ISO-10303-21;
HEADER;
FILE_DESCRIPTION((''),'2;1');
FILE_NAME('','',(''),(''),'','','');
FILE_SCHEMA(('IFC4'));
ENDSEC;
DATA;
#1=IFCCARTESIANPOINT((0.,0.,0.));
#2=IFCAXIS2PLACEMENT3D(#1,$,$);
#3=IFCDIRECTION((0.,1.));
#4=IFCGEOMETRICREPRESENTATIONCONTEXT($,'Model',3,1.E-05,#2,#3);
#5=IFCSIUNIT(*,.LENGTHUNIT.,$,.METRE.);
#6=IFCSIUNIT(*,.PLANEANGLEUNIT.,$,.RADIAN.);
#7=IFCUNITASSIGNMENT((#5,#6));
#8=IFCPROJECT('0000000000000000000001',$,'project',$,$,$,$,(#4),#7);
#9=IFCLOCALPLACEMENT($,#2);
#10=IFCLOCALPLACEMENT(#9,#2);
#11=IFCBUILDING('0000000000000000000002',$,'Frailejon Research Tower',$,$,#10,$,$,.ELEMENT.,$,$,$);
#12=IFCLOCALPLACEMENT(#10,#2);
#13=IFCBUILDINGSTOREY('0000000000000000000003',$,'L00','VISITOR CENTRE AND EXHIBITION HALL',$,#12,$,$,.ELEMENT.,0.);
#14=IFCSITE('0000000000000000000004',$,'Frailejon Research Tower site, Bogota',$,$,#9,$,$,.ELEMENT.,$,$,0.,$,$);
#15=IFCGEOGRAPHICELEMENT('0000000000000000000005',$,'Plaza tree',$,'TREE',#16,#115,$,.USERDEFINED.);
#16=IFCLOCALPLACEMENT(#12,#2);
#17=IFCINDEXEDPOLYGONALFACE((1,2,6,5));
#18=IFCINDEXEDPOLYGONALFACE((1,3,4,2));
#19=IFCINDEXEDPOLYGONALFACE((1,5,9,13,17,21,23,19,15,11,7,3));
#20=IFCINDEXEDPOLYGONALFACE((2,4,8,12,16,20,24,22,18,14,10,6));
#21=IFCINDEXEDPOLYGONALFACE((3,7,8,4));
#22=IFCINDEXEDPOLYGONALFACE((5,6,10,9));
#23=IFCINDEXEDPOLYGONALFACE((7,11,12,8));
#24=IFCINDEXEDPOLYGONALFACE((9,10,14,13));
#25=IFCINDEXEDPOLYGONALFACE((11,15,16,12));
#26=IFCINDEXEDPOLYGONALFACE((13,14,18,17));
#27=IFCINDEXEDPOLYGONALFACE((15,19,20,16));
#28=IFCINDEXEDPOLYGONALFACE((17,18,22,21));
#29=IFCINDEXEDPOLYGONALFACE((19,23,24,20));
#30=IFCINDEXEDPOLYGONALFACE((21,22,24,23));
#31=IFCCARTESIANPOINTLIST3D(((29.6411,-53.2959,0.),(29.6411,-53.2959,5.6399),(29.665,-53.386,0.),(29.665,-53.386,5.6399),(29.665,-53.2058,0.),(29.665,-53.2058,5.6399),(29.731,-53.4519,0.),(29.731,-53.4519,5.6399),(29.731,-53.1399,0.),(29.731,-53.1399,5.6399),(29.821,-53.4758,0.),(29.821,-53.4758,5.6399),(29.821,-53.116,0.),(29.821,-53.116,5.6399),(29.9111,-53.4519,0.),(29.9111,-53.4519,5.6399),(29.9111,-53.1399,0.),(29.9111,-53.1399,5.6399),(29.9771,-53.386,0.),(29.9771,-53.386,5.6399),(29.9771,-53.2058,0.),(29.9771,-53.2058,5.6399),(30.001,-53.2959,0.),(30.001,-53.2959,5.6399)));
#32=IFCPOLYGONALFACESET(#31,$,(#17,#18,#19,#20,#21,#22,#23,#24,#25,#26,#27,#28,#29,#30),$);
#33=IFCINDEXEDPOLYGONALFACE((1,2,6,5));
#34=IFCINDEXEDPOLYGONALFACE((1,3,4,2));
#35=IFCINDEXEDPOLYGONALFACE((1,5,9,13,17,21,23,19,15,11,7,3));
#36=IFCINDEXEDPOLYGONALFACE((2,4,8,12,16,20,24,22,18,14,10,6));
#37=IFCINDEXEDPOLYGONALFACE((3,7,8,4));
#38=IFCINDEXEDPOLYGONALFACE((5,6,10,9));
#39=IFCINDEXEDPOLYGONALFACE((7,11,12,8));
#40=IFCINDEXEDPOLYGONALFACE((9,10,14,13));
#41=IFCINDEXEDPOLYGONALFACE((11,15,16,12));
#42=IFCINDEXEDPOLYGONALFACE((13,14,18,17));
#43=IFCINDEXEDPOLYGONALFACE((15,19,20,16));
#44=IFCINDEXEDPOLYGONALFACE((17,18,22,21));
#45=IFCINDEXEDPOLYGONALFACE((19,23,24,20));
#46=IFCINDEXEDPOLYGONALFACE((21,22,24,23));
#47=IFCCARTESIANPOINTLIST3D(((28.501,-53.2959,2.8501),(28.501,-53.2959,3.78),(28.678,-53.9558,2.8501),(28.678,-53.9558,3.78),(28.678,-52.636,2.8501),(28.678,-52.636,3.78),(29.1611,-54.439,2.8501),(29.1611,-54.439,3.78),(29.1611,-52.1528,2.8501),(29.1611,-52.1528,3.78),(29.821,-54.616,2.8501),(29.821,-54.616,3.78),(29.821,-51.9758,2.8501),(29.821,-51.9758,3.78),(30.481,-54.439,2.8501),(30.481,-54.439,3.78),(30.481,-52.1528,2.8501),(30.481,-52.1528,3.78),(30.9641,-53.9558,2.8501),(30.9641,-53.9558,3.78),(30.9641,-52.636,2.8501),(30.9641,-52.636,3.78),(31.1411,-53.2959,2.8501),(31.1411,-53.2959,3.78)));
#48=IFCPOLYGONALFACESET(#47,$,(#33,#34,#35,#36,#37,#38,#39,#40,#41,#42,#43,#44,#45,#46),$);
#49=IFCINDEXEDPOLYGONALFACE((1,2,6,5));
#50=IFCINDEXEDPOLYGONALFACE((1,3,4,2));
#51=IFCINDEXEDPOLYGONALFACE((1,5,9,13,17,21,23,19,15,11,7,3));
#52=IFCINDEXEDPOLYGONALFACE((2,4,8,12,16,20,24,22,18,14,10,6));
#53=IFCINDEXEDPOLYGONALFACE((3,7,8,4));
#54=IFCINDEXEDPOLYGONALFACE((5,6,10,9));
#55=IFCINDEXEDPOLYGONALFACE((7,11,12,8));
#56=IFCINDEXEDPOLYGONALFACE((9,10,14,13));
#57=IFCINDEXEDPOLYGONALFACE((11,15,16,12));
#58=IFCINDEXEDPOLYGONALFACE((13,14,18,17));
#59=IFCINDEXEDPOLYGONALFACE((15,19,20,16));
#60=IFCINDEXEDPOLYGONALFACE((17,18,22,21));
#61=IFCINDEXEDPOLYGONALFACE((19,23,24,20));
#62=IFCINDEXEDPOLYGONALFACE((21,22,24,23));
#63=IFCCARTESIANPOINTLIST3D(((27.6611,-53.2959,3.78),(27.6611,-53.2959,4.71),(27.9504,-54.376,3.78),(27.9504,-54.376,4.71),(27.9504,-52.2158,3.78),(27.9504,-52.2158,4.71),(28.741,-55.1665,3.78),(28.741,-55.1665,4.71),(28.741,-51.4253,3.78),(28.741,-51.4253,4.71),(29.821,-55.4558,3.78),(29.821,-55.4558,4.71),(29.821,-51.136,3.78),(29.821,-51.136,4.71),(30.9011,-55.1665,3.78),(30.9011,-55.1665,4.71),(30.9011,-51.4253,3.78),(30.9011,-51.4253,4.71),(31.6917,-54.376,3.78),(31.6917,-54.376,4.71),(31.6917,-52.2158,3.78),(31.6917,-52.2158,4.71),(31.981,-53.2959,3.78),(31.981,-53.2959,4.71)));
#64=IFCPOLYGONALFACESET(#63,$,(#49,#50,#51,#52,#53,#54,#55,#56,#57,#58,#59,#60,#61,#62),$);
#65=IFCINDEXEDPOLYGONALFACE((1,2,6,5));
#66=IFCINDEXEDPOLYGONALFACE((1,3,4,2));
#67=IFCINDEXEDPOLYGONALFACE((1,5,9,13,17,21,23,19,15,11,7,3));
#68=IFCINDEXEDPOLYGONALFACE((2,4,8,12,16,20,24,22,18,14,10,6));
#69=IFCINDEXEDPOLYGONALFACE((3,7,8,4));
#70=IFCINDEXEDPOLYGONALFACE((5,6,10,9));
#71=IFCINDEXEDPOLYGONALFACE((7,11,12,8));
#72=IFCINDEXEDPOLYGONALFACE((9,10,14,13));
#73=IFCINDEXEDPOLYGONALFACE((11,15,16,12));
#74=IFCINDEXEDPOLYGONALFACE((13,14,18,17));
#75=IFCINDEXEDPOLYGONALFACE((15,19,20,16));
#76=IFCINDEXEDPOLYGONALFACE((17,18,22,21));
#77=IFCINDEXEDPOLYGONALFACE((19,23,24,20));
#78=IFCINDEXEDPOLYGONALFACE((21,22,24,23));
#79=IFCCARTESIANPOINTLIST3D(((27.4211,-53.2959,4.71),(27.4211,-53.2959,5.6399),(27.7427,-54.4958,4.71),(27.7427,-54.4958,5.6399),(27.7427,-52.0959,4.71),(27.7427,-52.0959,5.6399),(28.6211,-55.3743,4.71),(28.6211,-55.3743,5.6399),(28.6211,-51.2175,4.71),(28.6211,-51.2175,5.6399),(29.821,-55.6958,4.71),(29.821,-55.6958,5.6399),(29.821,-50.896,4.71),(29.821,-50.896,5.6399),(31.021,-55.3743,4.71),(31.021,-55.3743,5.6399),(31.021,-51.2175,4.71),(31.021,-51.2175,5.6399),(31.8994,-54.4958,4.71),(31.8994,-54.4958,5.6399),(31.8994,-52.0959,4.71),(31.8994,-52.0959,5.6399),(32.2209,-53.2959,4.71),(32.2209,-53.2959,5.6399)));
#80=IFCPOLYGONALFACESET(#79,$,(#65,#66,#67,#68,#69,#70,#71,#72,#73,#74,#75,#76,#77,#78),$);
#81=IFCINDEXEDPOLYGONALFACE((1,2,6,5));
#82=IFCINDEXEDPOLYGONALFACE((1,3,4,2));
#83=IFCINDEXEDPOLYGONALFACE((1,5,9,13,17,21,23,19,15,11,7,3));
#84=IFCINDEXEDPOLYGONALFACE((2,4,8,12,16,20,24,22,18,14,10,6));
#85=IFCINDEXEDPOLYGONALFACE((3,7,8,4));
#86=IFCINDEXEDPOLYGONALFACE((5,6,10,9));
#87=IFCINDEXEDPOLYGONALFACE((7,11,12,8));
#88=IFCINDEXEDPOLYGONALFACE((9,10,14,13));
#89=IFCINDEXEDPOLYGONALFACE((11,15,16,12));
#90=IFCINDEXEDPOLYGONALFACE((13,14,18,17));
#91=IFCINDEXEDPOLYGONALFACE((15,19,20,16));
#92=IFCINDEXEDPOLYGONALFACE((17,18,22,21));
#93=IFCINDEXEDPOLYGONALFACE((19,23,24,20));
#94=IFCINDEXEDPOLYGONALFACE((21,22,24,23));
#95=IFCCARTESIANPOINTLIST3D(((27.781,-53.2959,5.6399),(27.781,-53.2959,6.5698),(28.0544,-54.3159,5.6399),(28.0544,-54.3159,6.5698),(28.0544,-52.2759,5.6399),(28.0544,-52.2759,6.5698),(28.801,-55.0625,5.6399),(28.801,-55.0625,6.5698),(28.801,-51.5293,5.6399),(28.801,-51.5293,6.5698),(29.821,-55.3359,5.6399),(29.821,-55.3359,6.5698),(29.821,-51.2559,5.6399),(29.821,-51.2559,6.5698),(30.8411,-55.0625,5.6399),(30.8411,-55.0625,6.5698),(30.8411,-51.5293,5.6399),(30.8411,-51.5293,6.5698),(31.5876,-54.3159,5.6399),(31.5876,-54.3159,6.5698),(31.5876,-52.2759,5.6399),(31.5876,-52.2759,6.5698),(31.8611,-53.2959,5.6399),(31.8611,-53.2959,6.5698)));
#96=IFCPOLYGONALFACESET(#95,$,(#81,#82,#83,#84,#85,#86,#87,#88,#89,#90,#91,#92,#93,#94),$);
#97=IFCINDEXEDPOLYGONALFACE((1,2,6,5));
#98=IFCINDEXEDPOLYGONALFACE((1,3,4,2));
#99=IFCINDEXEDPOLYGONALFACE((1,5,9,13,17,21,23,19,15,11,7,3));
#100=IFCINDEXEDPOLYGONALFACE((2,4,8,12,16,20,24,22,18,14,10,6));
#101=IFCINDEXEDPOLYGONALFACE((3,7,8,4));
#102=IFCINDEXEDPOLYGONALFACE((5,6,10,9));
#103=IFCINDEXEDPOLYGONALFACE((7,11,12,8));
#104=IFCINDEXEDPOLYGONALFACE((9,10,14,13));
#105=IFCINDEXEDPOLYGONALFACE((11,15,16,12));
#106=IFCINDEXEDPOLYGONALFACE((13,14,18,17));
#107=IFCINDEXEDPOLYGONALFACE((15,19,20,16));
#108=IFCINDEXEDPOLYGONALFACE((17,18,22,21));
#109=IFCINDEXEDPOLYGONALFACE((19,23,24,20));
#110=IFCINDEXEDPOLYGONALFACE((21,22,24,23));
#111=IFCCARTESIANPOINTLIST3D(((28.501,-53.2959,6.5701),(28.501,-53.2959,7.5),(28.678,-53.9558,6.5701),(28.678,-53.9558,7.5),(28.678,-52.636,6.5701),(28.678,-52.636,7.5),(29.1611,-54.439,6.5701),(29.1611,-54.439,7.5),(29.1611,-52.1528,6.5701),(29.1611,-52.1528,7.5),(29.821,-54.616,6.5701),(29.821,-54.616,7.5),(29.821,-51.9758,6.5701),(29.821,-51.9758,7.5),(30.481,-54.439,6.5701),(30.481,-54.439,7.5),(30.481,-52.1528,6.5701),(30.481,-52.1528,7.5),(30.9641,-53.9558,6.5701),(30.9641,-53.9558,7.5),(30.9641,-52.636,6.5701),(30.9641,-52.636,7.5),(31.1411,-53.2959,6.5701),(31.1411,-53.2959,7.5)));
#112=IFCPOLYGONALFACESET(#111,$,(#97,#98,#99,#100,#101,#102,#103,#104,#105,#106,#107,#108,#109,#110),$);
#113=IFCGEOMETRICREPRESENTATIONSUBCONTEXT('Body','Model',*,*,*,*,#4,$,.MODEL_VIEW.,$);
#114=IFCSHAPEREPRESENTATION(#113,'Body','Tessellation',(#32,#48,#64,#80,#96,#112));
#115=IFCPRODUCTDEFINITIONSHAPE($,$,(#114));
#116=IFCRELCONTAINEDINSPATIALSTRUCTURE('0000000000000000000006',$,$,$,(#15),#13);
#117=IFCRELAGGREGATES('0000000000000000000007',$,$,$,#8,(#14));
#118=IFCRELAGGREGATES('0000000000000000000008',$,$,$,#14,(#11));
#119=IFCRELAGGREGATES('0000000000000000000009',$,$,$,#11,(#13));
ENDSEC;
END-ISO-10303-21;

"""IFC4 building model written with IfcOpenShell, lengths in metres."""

from ifc_helpers import new_model, si_unit, direction, frame, origin, place, context, subcontext, project, spatial, polyline, outline, extrude, element, save


model = new_model("IFC4")

# Units and contexts
model_context = context("Model", 3, precision=1e-05, world=origin(), true_north=direction((0.0, 1.0)))
body_context = subcontext(model_context, "Body", "Model", "MODEL_VIEW")
ifc_project = project(units=[si_unit("LENGTHUNIT", "METRE"), si_unit("PLANEANGLEUNIT", "RADIAN")], contexts=[model_context])

# Site, building, storey
site_placement = place(None, origin())
site = spatial("IfcSite", under=ifc_project, at=site_placement, Name="Frailejon Research Tower site, Bogota", CompositionType="ELEMENT", RefElevation=0.0)
building_placement = place(site_placement, origin())
building = spatial("IfcBuilding", under=site, at=building_placement, Name="Frailejon Research Tower", CompositionType="ELEMENT")
storey_placement = place(building_placement, origin())
storey = spatial("IfcBuildingStorey", under=building, at=storey_placement, Name="L00", Description="VISITOR CENTRE AND EXHIBITION HALL", CompositionType="ELEMENT", Elevation=0.0)

# Geographic element
geographic_element_1_placement = place(storey_placement, frame((29.821, -53.2959, 0.0)))
element("IfcGeographicElement", 1, at=geographic_element_1_placement, inside=storey, Name="Plaza tree", ObjectType="TREE", PredefinedType="USERDEFINED", context=body_context, shape_type="SweptSolid", body=[
    extrude(outline(polyline([(0.1799, 0.0), (0.156, 0.0901), (0.0901, 0.156), (0.0, 0.1799), (-0.0901, 0.156), (-0.156, 0.0901), (-0.1799, 0.0), (-0.156, -0.0901), (-0.0901, -0.156), (0.0, -0.1799), (0.0901, -0.156), (0.156, -0.0901), (0.1799, 0.0)])), origin(), (0.0, 0.0, 1.0), 5.6399),
    extrude(outline(polyline([(1.3201, 0.0), (1.1431, 0.6599), (0.6599, 1.1431), (0.0, 1.3201), (-0.6599, 1.1431), (-1.1431, 0.6599), (-1.3201, 0.0), (-1.1431, -0.6599), (-0.6599, -1.1431), (0.0, -1.3201), (0.6599, -1.1431), (1.1431, -0.6599), (1.3201, 0.0)])), frame((0.0, 0.0, 2.8501)), (0.0, 0.0, 1.0), 0.9299),
    extrude(outline(polyline([(2.1599, 0.0), (1.8706, 1.0801), (1.0801, 1.8706), (0.0, 2.1599), (-1.0801, 1.8706), (-1.8706, 1.0801), (-2.1599, 0.0), (-1.8706, -1.0801), (-1.0801, -1.8706), (0.0, -2.1599), (1.0801, -1.8706), (1.8706, -1.0801), (2.1599, 0.0)])), frame((0.0, 0.0, 3.78)), (0.0, 0.0, 1.0), 0.9299),
    extrude(outline(polyline([(2.3999, 0.0), (2.0784, 1.2), (1.2, 2.0784), (0.0, 2.3999), (-1.2, 2.0784), (-2.0784, 1.2), (-2.3999, 0.0), (-2.0784, -1.2), (-1.2, -2.0784), (0.0, -2.3999), (1.2, -2.0784), (2.0784, -1.2), (2.3999, 0.0)])), frame((0.0, 0.0, 4.71)), (0.0, 0.0, 1.0), 0.9299),
    extrude(outline(polyline([(2.04, 0.0), (1.7666, 1.02), (1.02, 1.7666), (0.0, 2.04), (-1.02, 1.7666), (-1.7666, 1.02), (-2.04, 0.0), (-1.7666, -1.02), (-1.02, -1.7666), (0.0, -2.04), (1.02, -1.7666), (1.7666, -1.02), (2.04, 0.0)])), frame((0.0, 0.0, 5.6399)), (0.0, 0.0, 1.0), 0.9299),
    extrude(outline(polyline([(1.3201, 0.0), (1.1431, 0.6599), (0.6599, 1.1431), (0.0, 1.3201), (-0.6599, 1.1431), (-1.1431, 0.6599), (-1.3201, 0.0), (-1.1431, -0.6599), (-0.6599, -1.1431), (0.0, -1.3201), (0.6599, -1.1431), (1.1431, -0.6599), (1.3201, 0.0)])), frame((0.0, 0.0, 6.5701)), (0.0, 0.0, 1.0), 0.9299),
])

save(model, "model.ifc")
